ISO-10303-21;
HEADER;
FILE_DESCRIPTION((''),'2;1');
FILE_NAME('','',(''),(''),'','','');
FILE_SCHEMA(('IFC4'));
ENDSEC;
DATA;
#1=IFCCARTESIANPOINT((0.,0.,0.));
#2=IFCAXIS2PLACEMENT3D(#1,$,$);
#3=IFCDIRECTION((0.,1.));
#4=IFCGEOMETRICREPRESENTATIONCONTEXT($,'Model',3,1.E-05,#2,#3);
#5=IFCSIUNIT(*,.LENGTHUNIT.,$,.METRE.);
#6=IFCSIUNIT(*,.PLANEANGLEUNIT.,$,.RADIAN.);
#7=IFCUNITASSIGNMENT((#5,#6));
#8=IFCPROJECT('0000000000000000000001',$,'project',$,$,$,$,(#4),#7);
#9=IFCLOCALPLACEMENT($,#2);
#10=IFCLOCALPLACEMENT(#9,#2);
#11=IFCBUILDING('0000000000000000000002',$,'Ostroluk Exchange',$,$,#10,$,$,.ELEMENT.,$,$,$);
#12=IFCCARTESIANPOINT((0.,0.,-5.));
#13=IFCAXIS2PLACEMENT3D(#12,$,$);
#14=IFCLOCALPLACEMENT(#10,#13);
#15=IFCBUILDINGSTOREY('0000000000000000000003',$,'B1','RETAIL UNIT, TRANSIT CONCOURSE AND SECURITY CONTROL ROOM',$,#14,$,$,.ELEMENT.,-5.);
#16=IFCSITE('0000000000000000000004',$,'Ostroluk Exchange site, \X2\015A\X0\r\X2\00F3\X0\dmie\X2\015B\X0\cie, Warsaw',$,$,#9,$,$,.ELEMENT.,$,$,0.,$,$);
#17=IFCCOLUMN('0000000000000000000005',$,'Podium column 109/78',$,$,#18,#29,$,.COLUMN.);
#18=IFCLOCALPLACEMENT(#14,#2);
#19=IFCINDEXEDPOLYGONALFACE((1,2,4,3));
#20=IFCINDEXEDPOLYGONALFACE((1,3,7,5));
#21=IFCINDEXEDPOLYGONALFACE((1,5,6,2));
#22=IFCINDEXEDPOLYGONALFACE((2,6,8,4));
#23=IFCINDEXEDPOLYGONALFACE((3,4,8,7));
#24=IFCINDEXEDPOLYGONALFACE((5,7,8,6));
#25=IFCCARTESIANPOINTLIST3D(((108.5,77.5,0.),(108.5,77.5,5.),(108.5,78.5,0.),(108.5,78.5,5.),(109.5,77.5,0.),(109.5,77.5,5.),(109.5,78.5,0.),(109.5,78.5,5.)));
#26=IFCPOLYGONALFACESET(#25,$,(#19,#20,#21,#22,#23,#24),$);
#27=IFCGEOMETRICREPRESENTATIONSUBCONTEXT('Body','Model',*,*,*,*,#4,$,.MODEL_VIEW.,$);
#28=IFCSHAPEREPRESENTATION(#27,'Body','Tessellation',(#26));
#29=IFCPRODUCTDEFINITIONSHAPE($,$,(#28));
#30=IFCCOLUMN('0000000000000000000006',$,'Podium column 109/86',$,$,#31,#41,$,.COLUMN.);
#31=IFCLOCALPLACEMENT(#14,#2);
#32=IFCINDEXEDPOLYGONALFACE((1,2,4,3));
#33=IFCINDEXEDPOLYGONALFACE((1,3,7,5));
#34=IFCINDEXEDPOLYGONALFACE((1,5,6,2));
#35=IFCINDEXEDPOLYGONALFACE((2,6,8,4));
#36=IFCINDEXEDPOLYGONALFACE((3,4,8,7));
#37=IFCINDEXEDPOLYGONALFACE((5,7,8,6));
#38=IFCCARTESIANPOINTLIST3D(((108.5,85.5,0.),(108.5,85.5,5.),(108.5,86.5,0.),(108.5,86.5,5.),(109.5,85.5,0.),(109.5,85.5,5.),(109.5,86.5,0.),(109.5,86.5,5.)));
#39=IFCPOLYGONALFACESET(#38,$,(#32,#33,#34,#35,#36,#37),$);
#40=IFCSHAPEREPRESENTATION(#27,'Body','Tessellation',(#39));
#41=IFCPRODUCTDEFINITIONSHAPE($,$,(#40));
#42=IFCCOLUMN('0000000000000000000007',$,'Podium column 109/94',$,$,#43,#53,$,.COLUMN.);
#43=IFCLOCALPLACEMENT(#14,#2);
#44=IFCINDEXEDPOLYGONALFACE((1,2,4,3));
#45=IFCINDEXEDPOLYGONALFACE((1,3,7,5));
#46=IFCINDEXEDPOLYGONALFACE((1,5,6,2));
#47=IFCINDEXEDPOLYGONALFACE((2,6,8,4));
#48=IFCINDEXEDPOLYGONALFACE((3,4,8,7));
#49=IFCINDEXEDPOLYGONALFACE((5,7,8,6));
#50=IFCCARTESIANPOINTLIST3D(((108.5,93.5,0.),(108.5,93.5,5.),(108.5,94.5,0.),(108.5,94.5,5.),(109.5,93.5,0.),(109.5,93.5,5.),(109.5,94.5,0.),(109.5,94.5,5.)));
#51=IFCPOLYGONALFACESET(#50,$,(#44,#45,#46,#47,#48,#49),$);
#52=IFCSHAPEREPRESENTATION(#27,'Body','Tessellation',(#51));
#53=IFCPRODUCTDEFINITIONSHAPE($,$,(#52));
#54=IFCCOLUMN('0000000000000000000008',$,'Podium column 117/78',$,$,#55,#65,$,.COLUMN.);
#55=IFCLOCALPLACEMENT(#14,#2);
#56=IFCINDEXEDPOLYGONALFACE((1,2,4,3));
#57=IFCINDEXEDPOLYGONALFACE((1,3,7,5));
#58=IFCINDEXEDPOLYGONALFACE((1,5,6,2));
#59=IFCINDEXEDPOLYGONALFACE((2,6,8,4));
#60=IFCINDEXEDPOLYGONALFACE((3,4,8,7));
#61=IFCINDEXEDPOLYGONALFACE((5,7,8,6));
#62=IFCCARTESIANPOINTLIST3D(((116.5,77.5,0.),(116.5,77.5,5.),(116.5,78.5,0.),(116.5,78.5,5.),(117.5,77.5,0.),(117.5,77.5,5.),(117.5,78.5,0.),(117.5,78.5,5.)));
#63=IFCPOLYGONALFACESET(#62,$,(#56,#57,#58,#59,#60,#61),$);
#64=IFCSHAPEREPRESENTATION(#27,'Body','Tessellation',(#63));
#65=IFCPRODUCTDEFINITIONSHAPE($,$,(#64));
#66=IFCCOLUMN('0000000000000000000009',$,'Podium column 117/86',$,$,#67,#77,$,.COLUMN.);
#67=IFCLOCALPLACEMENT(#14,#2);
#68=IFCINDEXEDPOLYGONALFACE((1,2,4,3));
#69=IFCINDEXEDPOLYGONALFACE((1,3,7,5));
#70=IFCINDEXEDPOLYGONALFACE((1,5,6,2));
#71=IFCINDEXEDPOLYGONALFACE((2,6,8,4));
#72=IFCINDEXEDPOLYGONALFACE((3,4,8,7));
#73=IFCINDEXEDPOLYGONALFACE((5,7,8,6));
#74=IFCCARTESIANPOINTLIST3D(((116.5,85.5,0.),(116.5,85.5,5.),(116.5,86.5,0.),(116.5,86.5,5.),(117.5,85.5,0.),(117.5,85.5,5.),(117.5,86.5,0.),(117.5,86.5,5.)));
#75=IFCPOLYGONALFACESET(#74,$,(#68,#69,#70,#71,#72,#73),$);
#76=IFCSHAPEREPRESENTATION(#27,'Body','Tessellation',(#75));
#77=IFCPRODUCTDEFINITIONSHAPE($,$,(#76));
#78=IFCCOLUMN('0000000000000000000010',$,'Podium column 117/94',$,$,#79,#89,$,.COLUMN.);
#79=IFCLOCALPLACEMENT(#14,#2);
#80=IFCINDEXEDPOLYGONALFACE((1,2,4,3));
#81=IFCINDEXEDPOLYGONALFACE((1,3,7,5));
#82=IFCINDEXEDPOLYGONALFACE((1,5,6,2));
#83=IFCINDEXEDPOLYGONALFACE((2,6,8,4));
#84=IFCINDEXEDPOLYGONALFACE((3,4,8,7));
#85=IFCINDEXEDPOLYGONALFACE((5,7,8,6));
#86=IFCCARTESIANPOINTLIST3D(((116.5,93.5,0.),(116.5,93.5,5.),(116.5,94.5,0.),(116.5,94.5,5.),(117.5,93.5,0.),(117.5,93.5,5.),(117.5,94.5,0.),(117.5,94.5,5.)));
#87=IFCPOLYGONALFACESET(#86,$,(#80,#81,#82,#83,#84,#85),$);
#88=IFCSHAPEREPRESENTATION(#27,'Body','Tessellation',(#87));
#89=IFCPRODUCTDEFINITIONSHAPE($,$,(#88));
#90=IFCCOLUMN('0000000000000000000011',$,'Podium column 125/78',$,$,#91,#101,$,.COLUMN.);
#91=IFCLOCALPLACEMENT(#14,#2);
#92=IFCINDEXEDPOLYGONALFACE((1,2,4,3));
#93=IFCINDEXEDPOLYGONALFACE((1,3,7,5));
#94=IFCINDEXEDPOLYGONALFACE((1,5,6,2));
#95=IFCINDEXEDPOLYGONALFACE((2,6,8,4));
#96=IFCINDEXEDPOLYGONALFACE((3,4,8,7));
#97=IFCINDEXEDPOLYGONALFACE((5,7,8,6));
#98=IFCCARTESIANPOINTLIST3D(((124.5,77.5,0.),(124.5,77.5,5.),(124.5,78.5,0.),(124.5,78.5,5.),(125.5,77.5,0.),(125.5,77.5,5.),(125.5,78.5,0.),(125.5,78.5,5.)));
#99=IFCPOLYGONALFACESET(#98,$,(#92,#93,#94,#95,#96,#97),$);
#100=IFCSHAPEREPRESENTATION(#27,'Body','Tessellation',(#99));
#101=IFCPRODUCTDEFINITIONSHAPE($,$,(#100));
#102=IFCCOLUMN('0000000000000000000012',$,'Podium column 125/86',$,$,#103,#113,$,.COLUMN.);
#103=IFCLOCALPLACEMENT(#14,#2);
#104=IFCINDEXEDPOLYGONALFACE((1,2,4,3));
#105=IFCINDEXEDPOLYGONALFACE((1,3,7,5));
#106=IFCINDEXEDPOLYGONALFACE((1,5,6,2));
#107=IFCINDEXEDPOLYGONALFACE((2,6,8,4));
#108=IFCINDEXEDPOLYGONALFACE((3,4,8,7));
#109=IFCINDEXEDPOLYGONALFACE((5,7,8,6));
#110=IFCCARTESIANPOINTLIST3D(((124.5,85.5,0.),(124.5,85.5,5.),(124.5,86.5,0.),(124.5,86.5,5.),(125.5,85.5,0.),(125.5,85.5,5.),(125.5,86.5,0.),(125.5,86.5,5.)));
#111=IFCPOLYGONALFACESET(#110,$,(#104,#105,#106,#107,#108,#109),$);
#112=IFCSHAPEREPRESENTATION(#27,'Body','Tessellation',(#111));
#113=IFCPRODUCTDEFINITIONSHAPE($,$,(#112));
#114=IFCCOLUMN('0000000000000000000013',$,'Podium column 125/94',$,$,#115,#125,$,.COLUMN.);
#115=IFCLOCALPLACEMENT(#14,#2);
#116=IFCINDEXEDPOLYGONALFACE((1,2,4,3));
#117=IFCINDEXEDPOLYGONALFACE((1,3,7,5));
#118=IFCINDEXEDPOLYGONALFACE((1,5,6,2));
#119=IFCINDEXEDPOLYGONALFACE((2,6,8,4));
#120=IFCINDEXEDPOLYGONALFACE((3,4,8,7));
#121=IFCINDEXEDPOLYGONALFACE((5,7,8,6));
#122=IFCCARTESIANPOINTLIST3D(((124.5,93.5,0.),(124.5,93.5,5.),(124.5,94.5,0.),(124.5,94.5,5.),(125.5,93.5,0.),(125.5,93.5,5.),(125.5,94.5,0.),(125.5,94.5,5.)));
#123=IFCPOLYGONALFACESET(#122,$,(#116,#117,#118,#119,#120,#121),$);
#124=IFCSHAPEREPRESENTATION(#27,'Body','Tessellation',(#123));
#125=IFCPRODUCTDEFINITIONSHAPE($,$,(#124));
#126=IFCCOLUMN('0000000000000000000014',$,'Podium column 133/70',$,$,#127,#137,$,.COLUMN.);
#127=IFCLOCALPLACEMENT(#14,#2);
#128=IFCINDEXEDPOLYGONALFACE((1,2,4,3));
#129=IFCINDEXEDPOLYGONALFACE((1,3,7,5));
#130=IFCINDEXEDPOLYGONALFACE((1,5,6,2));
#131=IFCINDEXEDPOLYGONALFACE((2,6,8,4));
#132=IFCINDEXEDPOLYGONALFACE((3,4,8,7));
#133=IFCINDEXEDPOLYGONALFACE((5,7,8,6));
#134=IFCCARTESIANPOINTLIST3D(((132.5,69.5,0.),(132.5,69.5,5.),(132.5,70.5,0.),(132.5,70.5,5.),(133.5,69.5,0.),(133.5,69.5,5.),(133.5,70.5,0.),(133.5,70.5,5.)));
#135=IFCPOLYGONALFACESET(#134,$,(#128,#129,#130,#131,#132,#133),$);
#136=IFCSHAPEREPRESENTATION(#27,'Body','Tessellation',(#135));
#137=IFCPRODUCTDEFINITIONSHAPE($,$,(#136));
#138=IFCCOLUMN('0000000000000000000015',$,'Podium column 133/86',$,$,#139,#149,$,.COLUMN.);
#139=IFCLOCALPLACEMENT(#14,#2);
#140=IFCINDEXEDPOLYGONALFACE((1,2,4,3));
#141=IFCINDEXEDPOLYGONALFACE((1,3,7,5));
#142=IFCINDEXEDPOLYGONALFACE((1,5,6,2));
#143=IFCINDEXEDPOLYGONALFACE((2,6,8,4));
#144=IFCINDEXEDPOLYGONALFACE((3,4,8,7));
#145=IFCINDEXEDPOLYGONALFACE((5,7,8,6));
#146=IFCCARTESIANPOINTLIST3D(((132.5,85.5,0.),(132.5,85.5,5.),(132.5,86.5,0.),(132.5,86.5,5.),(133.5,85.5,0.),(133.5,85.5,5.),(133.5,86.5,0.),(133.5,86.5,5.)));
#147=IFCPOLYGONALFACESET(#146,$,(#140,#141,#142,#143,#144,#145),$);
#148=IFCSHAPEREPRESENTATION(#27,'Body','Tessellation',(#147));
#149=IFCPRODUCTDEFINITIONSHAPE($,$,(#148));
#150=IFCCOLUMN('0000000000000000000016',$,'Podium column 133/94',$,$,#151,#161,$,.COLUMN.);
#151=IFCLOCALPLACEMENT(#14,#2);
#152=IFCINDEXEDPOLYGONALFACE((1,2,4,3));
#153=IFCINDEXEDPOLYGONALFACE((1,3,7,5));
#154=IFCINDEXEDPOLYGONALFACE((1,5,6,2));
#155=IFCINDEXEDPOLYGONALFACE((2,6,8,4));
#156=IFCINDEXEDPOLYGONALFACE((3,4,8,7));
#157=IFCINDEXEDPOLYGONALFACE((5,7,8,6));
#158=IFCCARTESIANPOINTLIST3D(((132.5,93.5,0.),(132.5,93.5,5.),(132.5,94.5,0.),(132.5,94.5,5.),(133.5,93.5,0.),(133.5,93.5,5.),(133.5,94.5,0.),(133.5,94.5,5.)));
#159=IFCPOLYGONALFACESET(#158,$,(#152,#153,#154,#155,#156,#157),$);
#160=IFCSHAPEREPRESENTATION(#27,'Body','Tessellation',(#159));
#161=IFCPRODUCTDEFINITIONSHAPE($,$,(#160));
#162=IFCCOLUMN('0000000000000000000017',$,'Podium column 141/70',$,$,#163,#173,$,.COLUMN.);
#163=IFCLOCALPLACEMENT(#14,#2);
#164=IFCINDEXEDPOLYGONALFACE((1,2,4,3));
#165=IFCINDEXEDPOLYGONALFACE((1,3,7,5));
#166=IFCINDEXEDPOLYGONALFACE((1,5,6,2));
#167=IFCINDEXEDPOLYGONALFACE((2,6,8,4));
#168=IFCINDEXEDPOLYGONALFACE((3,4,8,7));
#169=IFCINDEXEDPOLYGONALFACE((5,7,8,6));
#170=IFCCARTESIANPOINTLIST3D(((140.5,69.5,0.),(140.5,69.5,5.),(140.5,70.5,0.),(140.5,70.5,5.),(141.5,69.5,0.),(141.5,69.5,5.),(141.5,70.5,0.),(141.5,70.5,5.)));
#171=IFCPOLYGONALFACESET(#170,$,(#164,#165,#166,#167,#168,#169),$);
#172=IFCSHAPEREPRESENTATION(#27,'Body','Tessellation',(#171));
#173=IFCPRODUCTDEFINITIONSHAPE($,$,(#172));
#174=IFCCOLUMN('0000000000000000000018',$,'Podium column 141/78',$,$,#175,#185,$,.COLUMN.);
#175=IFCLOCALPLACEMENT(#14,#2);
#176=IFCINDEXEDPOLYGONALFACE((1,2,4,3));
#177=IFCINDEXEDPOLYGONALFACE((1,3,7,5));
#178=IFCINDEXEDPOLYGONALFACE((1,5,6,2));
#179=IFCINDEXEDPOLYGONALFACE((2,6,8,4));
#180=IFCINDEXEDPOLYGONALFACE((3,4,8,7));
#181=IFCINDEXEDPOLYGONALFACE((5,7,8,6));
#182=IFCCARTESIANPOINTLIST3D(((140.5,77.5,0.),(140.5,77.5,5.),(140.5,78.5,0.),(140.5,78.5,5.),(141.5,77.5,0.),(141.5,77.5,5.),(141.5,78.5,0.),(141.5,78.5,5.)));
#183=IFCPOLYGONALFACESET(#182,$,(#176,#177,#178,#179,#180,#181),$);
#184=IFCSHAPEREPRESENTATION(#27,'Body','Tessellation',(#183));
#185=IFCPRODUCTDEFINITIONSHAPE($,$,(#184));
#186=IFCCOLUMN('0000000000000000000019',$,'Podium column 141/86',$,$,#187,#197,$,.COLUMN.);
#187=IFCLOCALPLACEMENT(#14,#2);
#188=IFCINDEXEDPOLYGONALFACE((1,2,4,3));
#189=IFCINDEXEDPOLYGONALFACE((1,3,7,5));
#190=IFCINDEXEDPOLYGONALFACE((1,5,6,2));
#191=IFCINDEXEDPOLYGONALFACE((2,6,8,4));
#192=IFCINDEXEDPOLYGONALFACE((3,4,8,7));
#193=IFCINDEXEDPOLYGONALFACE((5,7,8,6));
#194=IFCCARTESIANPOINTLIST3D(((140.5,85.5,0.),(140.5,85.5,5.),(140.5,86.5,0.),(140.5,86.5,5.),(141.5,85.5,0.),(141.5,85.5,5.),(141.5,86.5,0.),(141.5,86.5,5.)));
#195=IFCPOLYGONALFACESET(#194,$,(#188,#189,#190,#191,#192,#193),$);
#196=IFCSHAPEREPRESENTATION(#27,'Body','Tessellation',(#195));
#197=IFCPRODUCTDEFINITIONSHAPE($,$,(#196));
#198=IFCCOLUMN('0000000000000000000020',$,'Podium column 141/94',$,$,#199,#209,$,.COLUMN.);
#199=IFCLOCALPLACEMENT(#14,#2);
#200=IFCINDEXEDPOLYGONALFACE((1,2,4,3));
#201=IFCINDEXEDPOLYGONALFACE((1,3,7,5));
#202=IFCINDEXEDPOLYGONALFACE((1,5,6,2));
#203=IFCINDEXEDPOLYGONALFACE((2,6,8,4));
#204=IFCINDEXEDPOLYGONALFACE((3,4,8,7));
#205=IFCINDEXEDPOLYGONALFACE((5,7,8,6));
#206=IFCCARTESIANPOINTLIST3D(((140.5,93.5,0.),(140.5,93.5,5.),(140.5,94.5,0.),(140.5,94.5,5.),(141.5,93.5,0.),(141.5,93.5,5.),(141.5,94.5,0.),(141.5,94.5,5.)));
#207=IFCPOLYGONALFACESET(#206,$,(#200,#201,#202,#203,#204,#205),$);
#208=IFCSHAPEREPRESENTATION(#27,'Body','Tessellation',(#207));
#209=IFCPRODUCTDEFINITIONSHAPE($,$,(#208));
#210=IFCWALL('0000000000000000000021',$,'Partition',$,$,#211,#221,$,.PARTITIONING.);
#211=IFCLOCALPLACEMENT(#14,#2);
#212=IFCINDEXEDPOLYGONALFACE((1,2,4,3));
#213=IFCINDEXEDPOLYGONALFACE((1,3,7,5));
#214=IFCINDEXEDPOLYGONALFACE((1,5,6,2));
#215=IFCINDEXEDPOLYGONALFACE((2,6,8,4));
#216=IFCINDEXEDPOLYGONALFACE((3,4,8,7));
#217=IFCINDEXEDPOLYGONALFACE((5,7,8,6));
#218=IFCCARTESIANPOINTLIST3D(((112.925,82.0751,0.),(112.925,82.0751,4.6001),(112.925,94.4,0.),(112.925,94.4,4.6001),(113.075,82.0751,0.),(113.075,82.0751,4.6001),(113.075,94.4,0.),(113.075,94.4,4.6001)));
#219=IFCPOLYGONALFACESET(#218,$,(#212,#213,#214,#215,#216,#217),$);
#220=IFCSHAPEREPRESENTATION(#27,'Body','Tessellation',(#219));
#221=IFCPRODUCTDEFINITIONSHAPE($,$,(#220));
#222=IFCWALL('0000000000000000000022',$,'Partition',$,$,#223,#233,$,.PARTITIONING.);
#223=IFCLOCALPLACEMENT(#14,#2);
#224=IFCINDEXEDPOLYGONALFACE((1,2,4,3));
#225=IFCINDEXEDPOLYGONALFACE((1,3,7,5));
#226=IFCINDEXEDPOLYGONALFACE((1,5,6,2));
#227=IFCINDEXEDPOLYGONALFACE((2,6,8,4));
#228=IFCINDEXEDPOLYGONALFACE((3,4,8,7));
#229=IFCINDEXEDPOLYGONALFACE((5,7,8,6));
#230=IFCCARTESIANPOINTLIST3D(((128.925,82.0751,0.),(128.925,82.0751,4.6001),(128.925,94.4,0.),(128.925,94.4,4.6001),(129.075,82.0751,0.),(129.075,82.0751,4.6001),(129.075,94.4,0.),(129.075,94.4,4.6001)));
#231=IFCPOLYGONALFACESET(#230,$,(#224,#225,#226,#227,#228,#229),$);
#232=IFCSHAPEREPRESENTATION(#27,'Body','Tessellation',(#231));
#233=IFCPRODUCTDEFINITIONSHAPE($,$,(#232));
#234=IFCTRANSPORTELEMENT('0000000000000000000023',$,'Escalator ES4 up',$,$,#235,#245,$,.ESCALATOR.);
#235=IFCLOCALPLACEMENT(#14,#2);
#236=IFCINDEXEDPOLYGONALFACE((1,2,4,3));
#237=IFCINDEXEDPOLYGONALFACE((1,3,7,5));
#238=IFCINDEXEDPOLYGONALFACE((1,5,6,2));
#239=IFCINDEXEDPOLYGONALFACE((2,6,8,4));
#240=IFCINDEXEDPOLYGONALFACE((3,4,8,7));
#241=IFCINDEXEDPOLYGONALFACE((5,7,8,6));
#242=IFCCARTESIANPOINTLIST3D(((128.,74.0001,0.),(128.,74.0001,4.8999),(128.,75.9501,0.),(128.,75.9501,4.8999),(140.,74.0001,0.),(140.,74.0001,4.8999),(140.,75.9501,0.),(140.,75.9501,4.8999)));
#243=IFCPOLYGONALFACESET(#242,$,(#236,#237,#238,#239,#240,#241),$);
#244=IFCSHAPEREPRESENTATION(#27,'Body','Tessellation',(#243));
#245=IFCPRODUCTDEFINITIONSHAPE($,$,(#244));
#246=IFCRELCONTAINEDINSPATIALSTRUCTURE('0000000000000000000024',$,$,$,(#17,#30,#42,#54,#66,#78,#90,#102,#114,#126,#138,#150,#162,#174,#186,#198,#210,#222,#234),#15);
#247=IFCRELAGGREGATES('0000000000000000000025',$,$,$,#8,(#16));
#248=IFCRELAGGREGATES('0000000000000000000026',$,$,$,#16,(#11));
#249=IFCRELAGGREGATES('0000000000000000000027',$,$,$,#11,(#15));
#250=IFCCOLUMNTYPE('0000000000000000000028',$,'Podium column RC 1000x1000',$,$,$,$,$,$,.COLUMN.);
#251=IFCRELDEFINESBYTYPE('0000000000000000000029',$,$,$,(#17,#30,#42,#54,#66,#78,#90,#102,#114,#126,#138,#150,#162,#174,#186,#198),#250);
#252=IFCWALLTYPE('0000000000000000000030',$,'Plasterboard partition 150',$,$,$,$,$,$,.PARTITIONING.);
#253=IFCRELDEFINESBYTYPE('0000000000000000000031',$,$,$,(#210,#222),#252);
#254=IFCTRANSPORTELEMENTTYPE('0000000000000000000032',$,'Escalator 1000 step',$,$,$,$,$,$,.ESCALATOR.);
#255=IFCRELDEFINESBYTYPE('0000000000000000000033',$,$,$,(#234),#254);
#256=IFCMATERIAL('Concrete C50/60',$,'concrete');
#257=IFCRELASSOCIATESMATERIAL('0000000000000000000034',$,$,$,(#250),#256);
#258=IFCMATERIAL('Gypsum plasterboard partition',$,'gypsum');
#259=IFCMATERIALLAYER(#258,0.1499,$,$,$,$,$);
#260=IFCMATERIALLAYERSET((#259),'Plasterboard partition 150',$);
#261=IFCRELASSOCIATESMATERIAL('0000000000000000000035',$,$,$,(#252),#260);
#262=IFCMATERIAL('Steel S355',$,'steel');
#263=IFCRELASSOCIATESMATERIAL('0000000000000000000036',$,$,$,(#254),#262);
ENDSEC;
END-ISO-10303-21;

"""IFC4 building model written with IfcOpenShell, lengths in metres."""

from ifc_helpers import new_model, si_unit, direction, frame, frame_2d, origin, origin_2d, place, context, subcontext, project, spatial, rectangle, extrude, material, layer, layer_set, material_profile, profile_set, type_object, element, save


model = new_model("IFC4")

# Units and contexts
model_context = context("Model", 3, precision=1e-05, world=origin(), true_north=direction((0.0, 1.0)))
body_context = subcontext(model_context, "Body", "Model", "MODEL_VIEW")
ifc_project = project(units=[si_unit("LENGTHUNIT", "METRE"), si_unit("PLANEANGLEUNIT", "RADIAN")], contexts=[model_context])

# Site, building, storey
site_placement = place(None, origin())
site = spatial("IfcSite", under=ifc_project, at=site_placement, Name="Ostroluk Exchange site, Śródmieście, Warsaw", CompositionType="ELEMENT", RefElevation=0.0)
building_placement = place(site_placement, origin())
building = spatial("IfcBuilding", under=site, at=building_placement, Name="Ostroluk Exchange", CompositionType="ELEMENT")
storey_placement = place(building_placement, frame((0.0, 0.0, -5.0)))
storey = spatial("IfcBuildingStorey", under=building, at=storey_placement, Name="B1", Description="RETAIL UNIT, TRANSIT CONCOURSE AND SECURITY CONTROL ROOM", CompositionType="ELEMENT", Elevation=-5.0)

# Columns
ifc_material_1 = material(Name="Concrete C50/60", Category="concrete")
ifc_material_profile = material_profile(ifc_material_1, rectangle(XDim=1.0, YDim=1.0, at=origin_2d()), Name="RC 1000x1000")
ifc_profile_set = profile_set([ifc_material_profile], Name="Concrete C50/60")
column_type = type_object("IfcColumnType", Name="Podium column RC 1000x1000", PredefinedType="COLUMN", material=ifc_profile_set)
for number, where, z_axis, x_axis, name in (
    (1, (109.0, 78.0, 0.0), (0.0, 0.0, 1.0), (1.0, 0.0, 0.0), "Podium column 109/78"),
    (2, (109.0, 86.0, 0.0), (0.0, 0.0, 1.0), (1.0, 0.0, 0.0), "Podium column 109/86"),
    (3, (109.0, 94.0, 0.0), (0.0, 0.0, 1.0), (1.0, 0.0, 0.0), "Podium column 109/94"),
    (4, (117.0, 78.0, 0.0), (0.0, 0.0, 1.0), (1.0, 0.0, 0.0), "Podium column 117/78"),
    (5, (117.0, 86.0, 0.0), (0.0, 0.0, 1.0), (1.0, 0.0, 0.0), "Podium column 117/86"),
    (6, (117.0, 94.0, 0.0), (0.0, 0.0, 1.0), (1.0, 0.0, 0.0), "Podium column 117/94"),
    (7, (125.0, 78.0, 0.0), (0.0, 0.0, 1.0), (1.0, 0.0, 0.0), "Podium column 125/78"),
    (8, (125.0, 86.0, 0.0), (0.0, 0.0, 1.0), (1.0, 0.0, 0.0), "Podium column 125/86"),
    (9, (125.0, 94.0, 0.0), (0.0, 0.0, 1.0), (1.0, 0.0, 0.0), "Podium column 125/94"),
    (10, (133.0, 70.0, 0.0), (0.0, 0.0, 1.0), (1.0, 0.0, 0.0), "Podium column 133/70"),
    (11, (133.0, 86.0, 0.0), (0.0, 0.0, 1.0), (1.0, 0.0, 0.0), "Podium column 133/86"),
    (12, (133.0, 94.0, 0.0), (0.0, 0.0, 1.0), (1.0, 0.0, 0.0), "Podium column 133/94"),
    (13, (141.0, 70.0, 0.0), (0.0, 0.0, 1.0), (1.0, 0.0, 0.0), "Podium column 141/70"),
    (14, (141.0, 78.0, 0.0), (0.0, 0.0, 1.0), (1.0, 0.0, 0.0), "Podium column 141/78"),
    (15, (141.0, 86.0, 0.0), (0.0, 0.0, 1.0), (1.0, 0.0, 0.0), "Podium column 141/86"),
    (16, (141.0, 94.0, 0.0), (0.0, 0.0, 1.0), (1.0, 0.0, 0.0), "Podium column 141/94"),
):
    element("IfcColumn", number, at=place(storey_placement, frame(where, z_axis=z_axis, x_axis=x_axis)), inside=storey, type_object=column_type, Name=name, PredefinedType="COLUMN", context=body_context, shape_type="SweptSolid", body=[
        extrude(rectangle(XDim=1.0, YDim=1.0, at=origin_2d()), origin(), (0.0, 0.0, 1.0), 5.0),
    ])

# Walls
ifc_material_2 = material(Name="Gypsum plasterboard partition", Category="gypsum")
ifc_layer = layer(ifc_material_2, 0.1499)
ifc_layer_set = layer_set([ifc_layer], Name="Plasterboard partition 150")
wall_type = type_object("IfcWallType", Name="Plasterboard partition 150", PredefinedType="PARTITIONING", material=ifc_layer_set)
for number, where, z_axis, x_axis, name in (
    (17, (113.0, 82.075, 0.0), (0.0, 0.0, 1.0), (0.0, 1.0, 0.0), "Partition"),
    (18, (129.0, 82.075, 0.0), (0.0, 0.0, 1.0), (0.0, 1.0, 0.0), "Partition"),
):
    element("IfcWall", number, at=place(storey_placement, frame(where, z_axis=z_axis, x_axis=x_axis)), inside=storey, type_object=wall_type, Name=name, PredefinedType="PARTITIONING", context=body_context, shape_type="SweptSolid", body=[
        extrude(rectangle(XDim=12.325, YDim=0.1499, at=frame_2d((6.1626, 0.0))), origin(), (0.0, 0.0, 1.0), 4.6001),
    ])

# Transport element
ifc_material_3 = material(Name="Steel S355", Category="steel")
transport_element_type = type_object("IfcTransportElementType", Name="Escalator 1000 step", PredefinedType="ESCALATOR", material=ifc_material_3)
for number, where, z_axis, x_axis, name in (
    (19, (134.0, 74.9751, 0.0), (0.0, 0.0, 1.0), (1.0, 0.0, 0.0), "Escalator ES4 up"),
):
    element("IfcTransportElement", number, at=place(storey_placement, frame(where, z_axis=z_axis, x_axis=x_axis)), inside=storey, type_object=transport_element_type, Name=name, PredefinedType="ESCALATOR", context=body_context, shape_type="SweptSolid", body=[
        extrude(rectangle(XDim=12.0, YDim=1.95, at=origin_2d()), origin(), (0.0, 0.0, 1.0), 4.8999),
    ])

save(model, "model.ifc")
